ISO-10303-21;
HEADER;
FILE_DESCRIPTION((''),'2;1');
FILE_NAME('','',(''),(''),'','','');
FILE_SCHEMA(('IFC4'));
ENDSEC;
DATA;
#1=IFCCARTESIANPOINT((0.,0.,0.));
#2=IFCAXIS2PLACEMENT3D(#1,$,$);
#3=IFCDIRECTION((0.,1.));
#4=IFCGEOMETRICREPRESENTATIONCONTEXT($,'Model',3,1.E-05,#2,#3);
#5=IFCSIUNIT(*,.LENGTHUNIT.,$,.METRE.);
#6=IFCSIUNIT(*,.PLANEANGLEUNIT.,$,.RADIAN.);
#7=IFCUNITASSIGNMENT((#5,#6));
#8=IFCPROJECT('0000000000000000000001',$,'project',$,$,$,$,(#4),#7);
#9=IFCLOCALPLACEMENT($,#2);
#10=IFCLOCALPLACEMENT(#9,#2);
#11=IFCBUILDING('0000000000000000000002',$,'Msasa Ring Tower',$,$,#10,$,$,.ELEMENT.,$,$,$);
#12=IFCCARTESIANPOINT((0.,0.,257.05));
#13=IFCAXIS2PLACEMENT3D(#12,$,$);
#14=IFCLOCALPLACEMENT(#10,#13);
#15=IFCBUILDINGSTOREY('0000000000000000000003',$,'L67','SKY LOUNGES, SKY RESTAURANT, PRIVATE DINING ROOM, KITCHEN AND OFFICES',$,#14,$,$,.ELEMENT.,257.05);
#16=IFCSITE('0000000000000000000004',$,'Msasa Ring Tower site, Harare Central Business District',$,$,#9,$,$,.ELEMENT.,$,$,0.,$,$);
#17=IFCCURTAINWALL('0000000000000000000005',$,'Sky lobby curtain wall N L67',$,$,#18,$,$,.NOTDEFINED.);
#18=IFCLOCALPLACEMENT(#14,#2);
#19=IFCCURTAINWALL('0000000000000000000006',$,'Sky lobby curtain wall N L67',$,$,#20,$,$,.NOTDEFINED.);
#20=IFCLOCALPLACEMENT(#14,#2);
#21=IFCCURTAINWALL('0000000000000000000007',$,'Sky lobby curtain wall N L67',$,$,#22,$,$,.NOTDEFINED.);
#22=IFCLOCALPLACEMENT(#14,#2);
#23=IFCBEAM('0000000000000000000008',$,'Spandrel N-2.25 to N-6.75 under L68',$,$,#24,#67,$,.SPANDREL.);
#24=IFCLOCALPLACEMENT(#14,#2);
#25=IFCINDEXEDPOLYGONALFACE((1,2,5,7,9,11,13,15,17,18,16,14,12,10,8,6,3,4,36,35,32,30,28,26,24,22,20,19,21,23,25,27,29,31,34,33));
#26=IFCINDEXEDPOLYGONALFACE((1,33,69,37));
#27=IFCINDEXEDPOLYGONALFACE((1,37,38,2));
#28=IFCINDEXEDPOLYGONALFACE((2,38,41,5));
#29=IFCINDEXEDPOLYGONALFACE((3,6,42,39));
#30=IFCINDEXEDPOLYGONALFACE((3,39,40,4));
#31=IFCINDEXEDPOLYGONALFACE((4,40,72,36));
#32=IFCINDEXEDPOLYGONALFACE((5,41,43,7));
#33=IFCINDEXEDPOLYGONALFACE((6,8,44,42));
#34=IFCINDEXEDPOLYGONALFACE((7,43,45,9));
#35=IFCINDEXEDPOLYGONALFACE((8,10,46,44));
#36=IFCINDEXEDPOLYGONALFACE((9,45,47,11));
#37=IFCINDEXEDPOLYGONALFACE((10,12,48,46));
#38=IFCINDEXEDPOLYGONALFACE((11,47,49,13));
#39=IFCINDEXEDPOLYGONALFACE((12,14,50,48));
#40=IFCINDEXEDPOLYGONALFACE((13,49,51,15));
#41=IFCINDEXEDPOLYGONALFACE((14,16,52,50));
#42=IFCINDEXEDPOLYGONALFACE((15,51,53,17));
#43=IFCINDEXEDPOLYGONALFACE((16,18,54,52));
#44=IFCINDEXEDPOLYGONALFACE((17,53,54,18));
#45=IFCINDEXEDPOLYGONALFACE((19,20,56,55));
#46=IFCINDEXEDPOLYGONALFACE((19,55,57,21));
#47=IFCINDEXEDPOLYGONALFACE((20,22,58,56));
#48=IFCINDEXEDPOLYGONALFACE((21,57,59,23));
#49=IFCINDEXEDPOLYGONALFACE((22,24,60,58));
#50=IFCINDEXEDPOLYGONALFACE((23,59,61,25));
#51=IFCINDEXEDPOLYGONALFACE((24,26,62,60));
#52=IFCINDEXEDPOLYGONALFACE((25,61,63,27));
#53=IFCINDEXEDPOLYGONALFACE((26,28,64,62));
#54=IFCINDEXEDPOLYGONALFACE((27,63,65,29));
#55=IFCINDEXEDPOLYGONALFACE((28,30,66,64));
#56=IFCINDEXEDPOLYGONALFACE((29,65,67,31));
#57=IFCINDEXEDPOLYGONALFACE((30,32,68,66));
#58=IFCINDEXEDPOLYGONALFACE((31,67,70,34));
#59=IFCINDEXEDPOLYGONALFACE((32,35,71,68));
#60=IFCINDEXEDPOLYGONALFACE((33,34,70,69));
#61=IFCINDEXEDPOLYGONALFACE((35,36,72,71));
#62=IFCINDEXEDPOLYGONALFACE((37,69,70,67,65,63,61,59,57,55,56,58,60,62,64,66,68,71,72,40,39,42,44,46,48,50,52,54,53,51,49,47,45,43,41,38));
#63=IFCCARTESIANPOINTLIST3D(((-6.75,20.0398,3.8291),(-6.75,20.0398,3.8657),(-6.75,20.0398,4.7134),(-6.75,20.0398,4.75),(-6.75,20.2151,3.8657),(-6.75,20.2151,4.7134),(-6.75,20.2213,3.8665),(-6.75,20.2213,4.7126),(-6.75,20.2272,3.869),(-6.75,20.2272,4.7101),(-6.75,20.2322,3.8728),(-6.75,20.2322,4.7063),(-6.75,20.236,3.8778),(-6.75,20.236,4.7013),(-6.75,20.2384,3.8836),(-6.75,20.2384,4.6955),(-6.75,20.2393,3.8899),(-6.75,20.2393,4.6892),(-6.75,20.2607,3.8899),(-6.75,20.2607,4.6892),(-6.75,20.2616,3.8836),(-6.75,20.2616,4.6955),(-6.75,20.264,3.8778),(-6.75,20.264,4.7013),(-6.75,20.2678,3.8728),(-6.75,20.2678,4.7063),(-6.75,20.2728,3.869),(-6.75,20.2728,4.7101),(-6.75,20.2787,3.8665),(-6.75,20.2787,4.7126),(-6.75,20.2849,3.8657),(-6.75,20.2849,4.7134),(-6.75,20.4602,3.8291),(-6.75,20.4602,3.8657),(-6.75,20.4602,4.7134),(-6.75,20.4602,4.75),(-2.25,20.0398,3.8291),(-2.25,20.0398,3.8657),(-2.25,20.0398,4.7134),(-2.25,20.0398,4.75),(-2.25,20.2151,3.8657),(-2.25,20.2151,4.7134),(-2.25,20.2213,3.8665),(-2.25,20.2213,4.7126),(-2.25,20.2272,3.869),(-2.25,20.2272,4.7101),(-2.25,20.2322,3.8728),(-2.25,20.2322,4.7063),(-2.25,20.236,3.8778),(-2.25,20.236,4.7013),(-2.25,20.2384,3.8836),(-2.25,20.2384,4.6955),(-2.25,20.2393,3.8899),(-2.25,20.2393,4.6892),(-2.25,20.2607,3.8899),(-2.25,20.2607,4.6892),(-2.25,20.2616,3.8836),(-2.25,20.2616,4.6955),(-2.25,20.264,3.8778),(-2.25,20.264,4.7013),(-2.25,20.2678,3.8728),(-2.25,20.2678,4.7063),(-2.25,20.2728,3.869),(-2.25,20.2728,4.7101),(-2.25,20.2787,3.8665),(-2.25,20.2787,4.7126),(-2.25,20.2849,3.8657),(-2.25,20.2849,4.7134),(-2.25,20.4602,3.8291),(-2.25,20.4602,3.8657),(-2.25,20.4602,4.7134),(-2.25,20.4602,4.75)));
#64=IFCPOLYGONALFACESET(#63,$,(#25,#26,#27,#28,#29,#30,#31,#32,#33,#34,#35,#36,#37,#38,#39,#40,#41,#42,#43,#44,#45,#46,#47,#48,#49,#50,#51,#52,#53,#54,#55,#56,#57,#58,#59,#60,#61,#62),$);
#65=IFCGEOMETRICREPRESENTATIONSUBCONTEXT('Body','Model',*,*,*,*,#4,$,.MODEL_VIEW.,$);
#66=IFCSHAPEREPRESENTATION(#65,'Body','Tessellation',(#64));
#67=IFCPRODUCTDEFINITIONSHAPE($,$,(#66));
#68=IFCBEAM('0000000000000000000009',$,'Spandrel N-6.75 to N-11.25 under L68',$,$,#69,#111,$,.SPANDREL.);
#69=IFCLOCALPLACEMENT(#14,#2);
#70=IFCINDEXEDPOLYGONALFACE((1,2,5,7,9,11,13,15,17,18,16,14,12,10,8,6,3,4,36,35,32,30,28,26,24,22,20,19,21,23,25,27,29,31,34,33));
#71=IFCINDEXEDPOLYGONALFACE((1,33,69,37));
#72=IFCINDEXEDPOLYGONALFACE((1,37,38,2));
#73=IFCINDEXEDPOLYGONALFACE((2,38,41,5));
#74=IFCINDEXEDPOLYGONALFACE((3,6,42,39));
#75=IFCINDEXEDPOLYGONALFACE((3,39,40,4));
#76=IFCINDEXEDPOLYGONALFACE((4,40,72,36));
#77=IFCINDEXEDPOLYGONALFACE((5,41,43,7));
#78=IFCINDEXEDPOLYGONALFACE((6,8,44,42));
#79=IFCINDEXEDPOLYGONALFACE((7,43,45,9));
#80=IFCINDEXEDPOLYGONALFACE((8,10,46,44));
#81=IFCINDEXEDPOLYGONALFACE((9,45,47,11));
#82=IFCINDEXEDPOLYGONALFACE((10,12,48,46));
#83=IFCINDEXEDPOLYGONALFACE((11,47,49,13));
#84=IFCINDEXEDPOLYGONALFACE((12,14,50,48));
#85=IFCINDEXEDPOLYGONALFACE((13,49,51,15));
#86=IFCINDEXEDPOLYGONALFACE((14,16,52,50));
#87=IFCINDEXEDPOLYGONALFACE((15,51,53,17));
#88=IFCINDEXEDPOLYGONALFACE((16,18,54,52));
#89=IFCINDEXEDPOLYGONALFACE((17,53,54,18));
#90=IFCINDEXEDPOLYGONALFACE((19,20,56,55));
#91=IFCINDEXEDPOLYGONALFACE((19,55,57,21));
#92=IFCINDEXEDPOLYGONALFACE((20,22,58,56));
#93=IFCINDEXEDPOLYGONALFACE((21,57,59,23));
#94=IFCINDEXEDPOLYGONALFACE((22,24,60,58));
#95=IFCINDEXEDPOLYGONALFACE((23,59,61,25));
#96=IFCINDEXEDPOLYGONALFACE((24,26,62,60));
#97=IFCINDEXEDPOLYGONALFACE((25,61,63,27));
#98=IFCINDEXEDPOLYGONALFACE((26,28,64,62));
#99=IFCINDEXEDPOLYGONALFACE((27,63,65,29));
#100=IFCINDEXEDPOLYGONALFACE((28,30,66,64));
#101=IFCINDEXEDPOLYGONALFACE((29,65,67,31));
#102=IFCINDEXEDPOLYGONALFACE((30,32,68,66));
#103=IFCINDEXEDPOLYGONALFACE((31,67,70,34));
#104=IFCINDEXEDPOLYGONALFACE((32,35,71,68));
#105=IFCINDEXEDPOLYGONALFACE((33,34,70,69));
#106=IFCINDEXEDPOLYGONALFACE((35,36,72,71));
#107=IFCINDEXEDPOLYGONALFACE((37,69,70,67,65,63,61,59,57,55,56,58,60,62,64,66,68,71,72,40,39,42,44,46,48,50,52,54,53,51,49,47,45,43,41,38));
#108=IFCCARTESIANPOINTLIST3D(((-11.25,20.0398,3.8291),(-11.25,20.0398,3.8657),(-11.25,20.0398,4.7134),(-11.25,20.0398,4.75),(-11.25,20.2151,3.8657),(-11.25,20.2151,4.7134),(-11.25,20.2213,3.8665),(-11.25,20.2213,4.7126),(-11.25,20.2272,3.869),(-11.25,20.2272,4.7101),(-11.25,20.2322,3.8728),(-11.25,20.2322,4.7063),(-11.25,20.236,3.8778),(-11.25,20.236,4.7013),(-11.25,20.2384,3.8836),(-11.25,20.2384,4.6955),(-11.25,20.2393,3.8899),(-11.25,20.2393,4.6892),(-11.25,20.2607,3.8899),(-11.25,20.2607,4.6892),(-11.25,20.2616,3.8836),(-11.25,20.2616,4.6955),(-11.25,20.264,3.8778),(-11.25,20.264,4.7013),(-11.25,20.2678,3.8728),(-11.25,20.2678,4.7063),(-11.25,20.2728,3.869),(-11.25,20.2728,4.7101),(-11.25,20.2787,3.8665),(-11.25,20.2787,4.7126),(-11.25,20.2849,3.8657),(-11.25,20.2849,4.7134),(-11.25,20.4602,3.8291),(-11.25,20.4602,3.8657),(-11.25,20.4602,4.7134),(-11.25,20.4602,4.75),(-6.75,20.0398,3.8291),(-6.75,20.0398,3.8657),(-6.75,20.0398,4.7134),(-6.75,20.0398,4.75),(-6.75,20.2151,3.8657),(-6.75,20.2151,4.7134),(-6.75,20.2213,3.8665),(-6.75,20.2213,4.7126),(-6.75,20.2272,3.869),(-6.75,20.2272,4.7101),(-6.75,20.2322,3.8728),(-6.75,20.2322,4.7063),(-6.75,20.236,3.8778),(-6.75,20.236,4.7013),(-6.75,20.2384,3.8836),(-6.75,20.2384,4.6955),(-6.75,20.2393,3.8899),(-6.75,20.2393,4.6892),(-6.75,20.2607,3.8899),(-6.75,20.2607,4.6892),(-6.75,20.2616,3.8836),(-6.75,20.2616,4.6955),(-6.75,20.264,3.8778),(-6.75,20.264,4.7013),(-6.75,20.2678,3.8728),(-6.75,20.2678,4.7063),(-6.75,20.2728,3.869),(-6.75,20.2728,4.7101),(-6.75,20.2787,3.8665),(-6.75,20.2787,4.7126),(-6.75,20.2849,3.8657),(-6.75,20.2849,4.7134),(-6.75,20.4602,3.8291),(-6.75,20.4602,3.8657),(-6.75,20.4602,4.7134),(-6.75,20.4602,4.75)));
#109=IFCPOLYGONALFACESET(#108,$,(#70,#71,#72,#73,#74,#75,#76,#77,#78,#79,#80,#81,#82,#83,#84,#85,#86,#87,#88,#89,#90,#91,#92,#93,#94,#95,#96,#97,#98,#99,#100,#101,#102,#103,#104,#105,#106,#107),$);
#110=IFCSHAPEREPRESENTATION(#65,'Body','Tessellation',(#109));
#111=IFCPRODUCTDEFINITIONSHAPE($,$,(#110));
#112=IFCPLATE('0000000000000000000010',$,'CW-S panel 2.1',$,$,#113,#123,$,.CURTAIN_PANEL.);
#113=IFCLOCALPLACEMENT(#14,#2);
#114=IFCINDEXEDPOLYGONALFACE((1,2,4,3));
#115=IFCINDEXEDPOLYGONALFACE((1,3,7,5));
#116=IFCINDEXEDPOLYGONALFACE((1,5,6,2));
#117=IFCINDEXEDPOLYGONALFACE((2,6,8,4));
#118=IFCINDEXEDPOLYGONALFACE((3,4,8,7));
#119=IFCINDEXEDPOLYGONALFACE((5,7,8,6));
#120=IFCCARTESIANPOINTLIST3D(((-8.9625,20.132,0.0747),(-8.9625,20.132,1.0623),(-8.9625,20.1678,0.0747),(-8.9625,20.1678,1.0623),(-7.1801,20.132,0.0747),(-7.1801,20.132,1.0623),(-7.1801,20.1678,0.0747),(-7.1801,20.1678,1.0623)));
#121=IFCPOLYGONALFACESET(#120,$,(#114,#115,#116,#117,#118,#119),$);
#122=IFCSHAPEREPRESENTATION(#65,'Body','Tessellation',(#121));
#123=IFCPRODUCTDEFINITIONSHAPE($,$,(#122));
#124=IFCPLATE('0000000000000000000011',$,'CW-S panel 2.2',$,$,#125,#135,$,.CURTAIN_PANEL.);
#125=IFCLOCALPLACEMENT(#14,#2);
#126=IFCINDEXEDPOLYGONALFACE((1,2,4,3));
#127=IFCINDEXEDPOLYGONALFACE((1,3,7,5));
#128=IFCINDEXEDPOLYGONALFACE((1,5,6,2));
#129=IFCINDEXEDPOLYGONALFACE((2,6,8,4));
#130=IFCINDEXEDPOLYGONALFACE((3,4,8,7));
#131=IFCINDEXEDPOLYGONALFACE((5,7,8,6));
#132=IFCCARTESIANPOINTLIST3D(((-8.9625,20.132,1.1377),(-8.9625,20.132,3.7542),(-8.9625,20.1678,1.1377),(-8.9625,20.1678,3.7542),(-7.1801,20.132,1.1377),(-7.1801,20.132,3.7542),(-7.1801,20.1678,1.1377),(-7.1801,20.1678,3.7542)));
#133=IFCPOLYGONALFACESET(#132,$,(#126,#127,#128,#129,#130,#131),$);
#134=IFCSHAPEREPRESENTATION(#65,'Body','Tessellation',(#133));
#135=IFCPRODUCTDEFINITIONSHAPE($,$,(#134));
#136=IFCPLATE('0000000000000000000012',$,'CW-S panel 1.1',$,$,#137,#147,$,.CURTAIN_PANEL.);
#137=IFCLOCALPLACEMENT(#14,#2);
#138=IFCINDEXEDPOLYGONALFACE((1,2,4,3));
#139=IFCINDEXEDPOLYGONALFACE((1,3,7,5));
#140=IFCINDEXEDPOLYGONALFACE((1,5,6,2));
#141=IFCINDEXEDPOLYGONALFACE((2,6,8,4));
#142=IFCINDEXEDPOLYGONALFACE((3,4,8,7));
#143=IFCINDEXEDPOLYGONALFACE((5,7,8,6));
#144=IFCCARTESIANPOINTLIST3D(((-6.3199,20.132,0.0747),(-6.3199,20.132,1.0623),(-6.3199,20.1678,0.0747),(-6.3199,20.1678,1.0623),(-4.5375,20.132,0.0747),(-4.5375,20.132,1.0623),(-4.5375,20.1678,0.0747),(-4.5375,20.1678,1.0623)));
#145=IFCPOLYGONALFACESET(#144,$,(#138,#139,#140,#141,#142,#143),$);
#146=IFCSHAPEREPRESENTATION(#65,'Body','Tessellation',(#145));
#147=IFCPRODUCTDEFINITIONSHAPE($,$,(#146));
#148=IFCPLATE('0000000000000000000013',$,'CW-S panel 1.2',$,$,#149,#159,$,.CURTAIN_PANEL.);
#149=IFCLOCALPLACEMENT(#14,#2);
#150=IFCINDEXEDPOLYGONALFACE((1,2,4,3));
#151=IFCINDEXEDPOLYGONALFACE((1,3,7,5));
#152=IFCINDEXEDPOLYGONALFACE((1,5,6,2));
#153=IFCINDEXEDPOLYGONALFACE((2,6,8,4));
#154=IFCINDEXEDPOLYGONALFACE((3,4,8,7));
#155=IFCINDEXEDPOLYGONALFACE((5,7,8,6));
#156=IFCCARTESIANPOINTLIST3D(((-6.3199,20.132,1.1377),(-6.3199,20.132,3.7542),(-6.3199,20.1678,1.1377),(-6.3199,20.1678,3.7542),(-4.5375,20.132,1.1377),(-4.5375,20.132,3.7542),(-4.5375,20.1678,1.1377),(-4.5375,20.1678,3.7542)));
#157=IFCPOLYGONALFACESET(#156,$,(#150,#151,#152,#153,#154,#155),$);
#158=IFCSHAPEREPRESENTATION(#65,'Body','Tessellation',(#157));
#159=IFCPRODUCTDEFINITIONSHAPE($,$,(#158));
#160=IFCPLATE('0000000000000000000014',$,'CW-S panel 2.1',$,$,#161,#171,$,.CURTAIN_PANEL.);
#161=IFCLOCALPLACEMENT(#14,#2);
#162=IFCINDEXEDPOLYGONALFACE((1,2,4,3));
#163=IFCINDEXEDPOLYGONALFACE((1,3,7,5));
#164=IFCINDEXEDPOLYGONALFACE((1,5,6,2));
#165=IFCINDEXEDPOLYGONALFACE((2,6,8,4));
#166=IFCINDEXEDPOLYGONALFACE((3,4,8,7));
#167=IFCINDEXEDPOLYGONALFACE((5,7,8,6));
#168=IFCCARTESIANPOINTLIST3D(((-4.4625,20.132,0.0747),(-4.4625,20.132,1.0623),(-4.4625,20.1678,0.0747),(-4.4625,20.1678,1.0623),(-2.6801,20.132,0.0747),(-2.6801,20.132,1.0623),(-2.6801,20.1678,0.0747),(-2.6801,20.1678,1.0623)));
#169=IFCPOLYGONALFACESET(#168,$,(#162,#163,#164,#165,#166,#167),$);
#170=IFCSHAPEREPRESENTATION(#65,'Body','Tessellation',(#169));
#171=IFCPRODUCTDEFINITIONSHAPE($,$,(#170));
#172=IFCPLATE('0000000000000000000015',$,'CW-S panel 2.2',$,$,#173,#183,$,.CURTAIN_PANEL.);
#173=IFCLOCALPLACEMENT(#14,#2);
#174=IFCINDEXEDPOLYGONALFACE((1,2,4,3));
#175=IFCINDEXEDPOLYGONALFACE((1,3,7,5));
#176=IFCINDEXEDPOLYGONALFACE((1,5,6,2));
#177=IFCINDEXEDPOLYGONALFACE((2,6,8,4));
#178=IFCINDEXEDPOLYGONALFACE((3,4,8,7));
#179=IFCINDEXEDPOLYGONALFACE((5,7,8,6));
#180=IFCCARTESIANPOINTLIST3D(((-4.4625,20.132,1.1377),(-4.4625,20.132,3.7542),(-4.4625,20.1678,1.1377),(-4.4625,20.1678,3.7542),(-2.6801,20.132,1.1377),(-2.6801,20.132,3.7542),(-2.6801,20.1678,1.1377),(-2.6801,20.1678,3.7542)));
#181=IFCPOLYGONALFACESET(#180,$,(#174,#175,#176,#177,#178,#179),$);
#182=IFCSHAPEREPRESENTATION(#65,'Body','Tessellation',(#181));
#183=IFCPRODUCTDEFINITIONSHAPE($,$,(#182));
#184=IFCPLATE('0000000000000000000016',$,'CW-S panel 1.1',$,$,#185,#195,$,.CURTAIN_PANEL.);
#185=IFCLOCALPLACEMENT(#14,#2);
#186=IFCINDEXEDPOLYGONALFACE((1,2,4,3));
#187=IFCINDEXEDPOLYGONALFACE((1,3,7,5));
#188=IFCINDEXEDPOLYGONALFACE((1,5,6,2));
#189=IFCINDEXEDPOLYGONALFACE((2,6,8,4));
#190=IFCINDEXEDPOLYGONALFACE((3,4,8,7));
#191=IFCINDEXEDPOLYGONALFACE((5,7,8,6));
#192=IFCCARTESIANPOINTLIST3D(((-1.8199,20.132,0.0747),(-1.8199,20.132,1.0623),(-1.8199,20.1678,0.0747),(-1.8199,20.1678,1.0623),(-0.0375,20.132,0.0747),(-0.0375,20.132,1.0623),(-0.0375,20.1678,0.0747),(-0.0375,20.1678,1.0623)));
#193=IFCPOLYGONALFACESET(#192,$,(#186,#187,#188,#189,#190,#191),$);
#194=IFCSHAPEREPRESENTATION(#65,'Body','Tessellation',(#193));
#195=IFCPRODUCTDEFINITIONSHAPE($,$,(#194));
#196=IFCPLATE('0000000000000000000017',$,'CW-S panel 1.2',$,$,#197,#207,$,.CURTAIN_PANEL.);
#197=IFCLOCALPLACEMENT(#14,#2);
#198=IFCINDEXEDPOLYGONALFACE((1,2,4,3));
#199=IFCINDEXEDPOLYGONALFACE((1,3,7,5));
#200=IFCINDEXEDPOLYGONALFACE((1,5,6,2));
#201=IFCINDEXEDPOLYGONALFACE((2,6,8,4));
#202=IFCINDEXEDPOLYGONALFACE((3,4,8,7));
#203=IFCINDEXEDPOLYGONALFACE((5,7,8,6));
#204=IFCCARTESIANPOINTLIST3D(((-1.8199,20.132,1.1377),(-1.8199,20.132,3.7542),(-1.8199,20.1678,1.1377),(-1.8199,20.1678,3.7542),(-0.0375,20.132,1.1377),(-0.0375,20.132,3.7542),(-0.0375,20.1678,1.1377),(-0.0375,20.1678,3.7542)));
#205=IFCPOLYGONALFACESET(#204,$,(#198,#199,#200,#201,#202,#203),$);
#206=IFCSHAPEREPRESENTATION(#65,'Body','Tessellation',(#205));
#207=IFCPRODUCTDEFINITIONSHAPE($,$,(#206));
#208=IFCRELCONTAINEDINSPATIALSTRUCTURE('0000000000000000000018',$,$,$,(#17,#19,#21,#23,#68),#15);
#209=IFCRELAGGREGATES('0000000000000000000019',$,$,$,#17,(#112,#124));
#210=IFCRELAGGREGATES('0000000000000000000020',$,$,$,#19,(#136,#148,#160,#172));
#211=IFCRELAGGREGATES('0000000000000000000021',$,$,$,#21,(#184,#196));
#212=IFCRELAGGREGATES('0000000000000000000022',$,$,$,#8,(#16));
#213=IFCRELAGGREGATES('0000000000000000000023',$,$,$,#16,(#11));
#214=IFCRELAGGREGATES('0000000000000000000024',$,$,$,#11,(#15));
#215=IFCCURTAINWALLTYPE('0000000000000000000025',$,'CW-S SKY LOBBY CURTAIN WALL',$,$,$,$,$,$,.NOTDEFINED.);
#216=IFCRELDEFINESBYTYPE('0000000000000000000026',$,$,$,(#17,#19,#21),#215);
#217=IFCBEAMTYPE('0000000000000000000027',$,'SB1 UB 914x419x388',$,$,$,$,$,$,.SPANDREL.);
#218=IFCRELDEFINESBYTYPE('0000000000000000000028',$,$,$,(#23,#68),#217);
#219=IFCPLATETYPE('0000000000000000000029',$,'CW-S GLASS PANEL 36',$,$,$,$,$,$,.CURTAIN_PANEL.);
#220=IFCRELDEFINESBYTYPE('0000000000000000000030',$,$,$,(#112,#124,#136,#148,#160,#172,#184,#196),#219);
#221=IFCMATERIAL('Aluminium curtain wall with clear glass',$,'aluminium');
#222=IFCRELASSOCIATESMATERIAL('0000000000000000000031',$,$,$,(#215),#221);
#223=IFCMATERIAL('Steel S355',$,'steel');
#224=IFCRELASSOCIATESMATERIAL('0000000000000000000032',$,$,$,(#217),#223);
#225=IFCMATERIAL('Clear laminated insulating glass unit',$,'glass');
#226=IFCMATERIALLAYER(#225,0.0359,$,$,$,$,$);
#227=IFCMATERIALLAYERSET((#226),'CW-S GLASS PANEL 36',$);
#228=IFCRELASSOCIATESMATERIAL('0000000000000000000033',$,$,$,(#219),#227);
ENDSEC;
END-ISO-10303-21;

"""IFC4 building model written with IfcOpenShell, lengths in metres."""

from ifc_helpers import new_model, si_unit, direction, frame, origin, origin_2d, place, context, subcontext, project, spatial, rectangle, i_section, extrude, material, layer, layer_set, material_profile, profile_set, type_object, element, aggregate, save


model = new_model("IFC4")

# Units and contexts
model_context = context("Model", 3, precision=1e-05, world=origin(), true_north=direction((0.0, 1.0)))
body_context = subcontext(model_context, "Body", "Model", "MODEL_VIEW")
ifc_project = project(units=[si_unit("LENGTHUNIT", "METRE"), si_unit("PLANEANGLEUNIT", "RADIAN")], contexts=[model_context])

# Site, building, storey
site_placement = place(None, origin())
site = spatial("IfcSite", under=ifc_project, at=site_placement, Name="Msasa Ring Tower site, Harare Central Business District", CompositionType="ELEMENT", RefElevation=0.0)
building_placement = place(site_placement, origin())
building = spatial("IfcBuilding", under=site, at=building_placement, Name="Msasa Ring Tower", CompositionType="ELEMENT")
storey_placement = place(building_placement, frame((0.0, 0.0, 257.05)))
storey = spatial("IfcBuildingStorey", under=building, at=storey_placement, Name="L67", Description="SKY LOUNGES, SKY RESTAURANT, PRIVATE DINING ROOM, KITCHEN AND OFFICES", CompositionType="ELEMENT", Elevation=257.05)

# Curtain walls
ifc_material_1 = material(Name="Aluminium curtain wall with clear glass", Category="aluminium")
curtain_wall_type = type_object("IfcCurtainWallType", Name="CW-S SKY LOBBY CURTAIN WALL", PredefinedType="NOTDEFINED", material=ifc_material_1)
curtain_wall_1_placement = place(storey_placement, origin())
curtain_wall_1 = element("IfcCurtainWall", 1, at=curtain_wall_1_placement, inside=storey, type_object=curtain_wall_type, Name="Sky lobby curtain wall N L67", PredefinedType="NOTDEFINED")
curtain_wall_2_placement = place(storey_placement, origin())
curtain_wall_2 = element("IfcCurtainWall", 2, at=curtain_wall_2_placement, inside=storey, type_object=curtain_wall_type, Name="Sky lobby curtain wall N L67", PredefinedType="NOTDEFINED")
curtain_wall_3_placement = place(storey_placement, origin())
curtain_wall_3 = element("IfcCurtainWall", 3, at=curtain_wall_3_placement, inside=storey, type_object=curtain_wall_type, Name="Sky lobby curtain wall N L67", PredefinedType="NOTDEFINED")

# Beams
ifc_material_2 = material(Name="Steel S355", Category="steel")
ifc_material_profile_1 = material_profile(ifc_material_2, i_section(OverallWidth=0.4204, OverallDepth=0.9209, WebThickness=0.0215, FlangeThickness=0.0366, FilletRadius=0.0242, at=origin_2d()), Name="UB 914x419x388")
ifc_profile_set_1 = profile_set([ifc_material_profile_1], Name="Steel S355")
beam_type_1 = type_object("IfcBeamType", Name="SB1 UB 914x419x388", PredefinedType="SPANDREL", material=ifc_profile_set_1)
for number, where, z_axis, x_axis, name in (
    (4, (-2.25, 20.25, 4.2896), (-1.0, 0.0, 0.0), (0.0, -1.0, 0.0), "Spandrel N-2.25 to N-6.75 under L68"),
    (5, (-6.75, 20.25, 4.2896), (-1.0, 0.0, 0.0), (0.0, -1.0, 0.0), "Spandrel N-6.75 to N-11.25 under L68"),
):
    element("IfcBeam", number, at=place(storey_placement, frame(where, z_axis=z_axis, x_axis=x_axis)), inside=storey, type_object=beam_type_1, Name=name, PredefinedType="SPANDREL", context=body_context, shape_type="SweptSolid", body=[
        extrude(i_section(OverallWidth=0.4204, OverallDepth=0.9209, WebThickness=0.0215, FlangeThickness=0.0366, FilletRadius=0.0242, at=origin_2d()), origin(), (0.0, 0.0, 1.0), 4.5),
    ])

# Plates
ifc_material_3 = material(Name="Clear laminated insulating glass unit", Category="glass")
ifc_layer_1 = layer(ifc_material_3, 0.0359)
ifc_layer_set_1 = layer_set([ifc_layer_1], Name="CW-S GLASS PANEL 36")
plate_type = type_object("IfcPlateType", Name="CW-S GLASS PANEL 36", PredefinedType="CURTAIN_PANEL", material=ifc_layer_set_1)
plate_1_placement = place(storey_placement, frame((-8.0713, 20.1499, 0.0747), z_axis=(0.0, 0.0, 1.0), x_axis=(1.0, 0.0, 0.0)))
plate_1 = element("IfcPlate", 6, at=plate_1_placement, type_object=plate_type, Name="CW-S panel 2.1", PredefinedType="CURTAIN_PANEL", context=body_context, shape_type="SweptSolid", body=[
    extrude(rectangle(XDim=1.7825, YDim=0.0359, at=origin_2d()), origin(), (0.0, 0.0, 1.0), 0.9875),
])
plate_2_placement = place(storey_placement, frame((-8.0713, 20.1499, 1.1377), z_axis=(0.0, 0.0, 1.0), x_axis=(1.0, 0.0, 0.0)))
plate_2 = element("IfcPlate", 7, at=plate_2_placement, type_object=plate_type, Name="CW-S panel 2.2", PredefinedType="CURTAIN_PANEL", context=body_context, shape_type="SweptSolid", body=[
    extrude(rectangle(XDim=1.7825, YDim=0.0359, at=origin_2d()), origin(), (0.0, 0.0, 1.0), 2.6165),
])
aggregate(curtain_wall_1, [plate_1, plate_2])
plate_3_placement = place(storey_placement, frame((-5.4287, 20.1499, 0.0747), z_axis=(0.0, 0.0, 1.0), x_axis=(1.0, 0.0, 0.0)))
plate_3 = element("IfcPlate", 8, at=plate_3_placement, type_object=plate_type, Name="CW-S panel 1.1", PredefinedType="CURTAIN_PANEL", context=body_context, shape_type="SweptSolid", body=[
    extrude(rectangle(XDim=1.7825, YDim=0.0359, at=origin_2d()), origin(), (0.0, 0.0, 1.0), 0.9875),
])
plate_4_placement = place(storey_placement, frame((-5.4287, 20.1499, 1.1377), z_axis=(0.0, 0.0, 1.0), x_axis=(1.0, 0.0, 0.0)))
plate_4 = element("IfcPlate", 9, at=plate_4_placement, type_object=plate_type, Name="CW-S panel 1.2", PredefinedType="CURTAIN_PANEL", context=body_context, shape_type="SweptSolid", body=[
    extrude(rectangle(XDim=1.7825, YDim=0.0359, at=origin_2d()), origin(), (0.0, 0.0, 1.0), 2.6165),
])
plate_5_placement = place(storey_placement, frame((-3.5713, 20.1499, 0.0747), z_axis=(0.0, 0.0, 1.0), x_axis=(1.0, 0.0, 0.0)))
plate_5 = element("IfcPlate", 10, at=plate_5_placement, type_object=plate_type, Name="CW-S panel 2.1", PredefinedType="CURTAIN_PANEL", context=body_context, shape_type="SweptSolid", body=[
    extrude(rectangle(XDim=1.7825, YDim=0.0359, at=origin_2d()), origin(), (0.0, 0.0, 1.0), 0.9875),
])
plate_6_placement = place(storey_placement, frame((-3.5713, 20.1499, 1.1377), z_axis=(0.0, 0.0, 1.0), x_axis=(1.0, 0.0, 0.0)))
plate_6 = element("IfcPlate", 11, at=plate_6_placement, type_object=plate_type, Name="CW-S panel 2.2", PredefinedType="CURTAIN_PANEL", context=body_context, shape_type="SweptSolid", body=[
    extrude(rectangle(XDim=1.7825, YDim=0.0359, at=origin_2d()), origin(), (0.0, 0.0, 1.0), 2.6165),
])
aggregate(curtain_wall_2, [plate_3, plate_4, plate_5, plate_6])
plate_7_placement = place(storey_placement, frame((-0.9287, 20.1499, 0.0747), z_axis=(0.0, 0.0, 1.0), x_axis=(1.0, 0.0, 0.0)))
plate_7 = element("IfcPlate", 12, at=plate_7_placement, type_object=plate_type, Name="CW-S panel 1.1", PredefinedType="CURTAIN_PANEL", context=body_context, shape_type="SweptSolid", body=[
    extrude(rectangle(XDim=1.7825, YDim=0.0359, at=origin_2d()), origin(), (0.0, 0.0, 1.0), 0.9875),
])
plate_8_placement = place(storey_placement, frame((-0.9287, 20.1499, 1.1377), z_axis=(0.0, 0.0, 1.0), x_axis=(1.0, 0.0, 0.0)))
plate_8 = element("IfcPlate", 13, at=plate_8_placement, type_object=plate_type, Name="CW-S panel 1.2", PredefinedType="CURTAIN_PANEL", context=body_context, shape_type="SweptSolid", body=[
    extrude(rectangle(XDim=1.7825, YDim=0.0359, at=origin_2d()), origin(), (0.0, 0.0, 1.0), 2.6165),
])
aggregate(curtain_wall_3, [plate_7, plate_8])

save(model, "model.ifc")
